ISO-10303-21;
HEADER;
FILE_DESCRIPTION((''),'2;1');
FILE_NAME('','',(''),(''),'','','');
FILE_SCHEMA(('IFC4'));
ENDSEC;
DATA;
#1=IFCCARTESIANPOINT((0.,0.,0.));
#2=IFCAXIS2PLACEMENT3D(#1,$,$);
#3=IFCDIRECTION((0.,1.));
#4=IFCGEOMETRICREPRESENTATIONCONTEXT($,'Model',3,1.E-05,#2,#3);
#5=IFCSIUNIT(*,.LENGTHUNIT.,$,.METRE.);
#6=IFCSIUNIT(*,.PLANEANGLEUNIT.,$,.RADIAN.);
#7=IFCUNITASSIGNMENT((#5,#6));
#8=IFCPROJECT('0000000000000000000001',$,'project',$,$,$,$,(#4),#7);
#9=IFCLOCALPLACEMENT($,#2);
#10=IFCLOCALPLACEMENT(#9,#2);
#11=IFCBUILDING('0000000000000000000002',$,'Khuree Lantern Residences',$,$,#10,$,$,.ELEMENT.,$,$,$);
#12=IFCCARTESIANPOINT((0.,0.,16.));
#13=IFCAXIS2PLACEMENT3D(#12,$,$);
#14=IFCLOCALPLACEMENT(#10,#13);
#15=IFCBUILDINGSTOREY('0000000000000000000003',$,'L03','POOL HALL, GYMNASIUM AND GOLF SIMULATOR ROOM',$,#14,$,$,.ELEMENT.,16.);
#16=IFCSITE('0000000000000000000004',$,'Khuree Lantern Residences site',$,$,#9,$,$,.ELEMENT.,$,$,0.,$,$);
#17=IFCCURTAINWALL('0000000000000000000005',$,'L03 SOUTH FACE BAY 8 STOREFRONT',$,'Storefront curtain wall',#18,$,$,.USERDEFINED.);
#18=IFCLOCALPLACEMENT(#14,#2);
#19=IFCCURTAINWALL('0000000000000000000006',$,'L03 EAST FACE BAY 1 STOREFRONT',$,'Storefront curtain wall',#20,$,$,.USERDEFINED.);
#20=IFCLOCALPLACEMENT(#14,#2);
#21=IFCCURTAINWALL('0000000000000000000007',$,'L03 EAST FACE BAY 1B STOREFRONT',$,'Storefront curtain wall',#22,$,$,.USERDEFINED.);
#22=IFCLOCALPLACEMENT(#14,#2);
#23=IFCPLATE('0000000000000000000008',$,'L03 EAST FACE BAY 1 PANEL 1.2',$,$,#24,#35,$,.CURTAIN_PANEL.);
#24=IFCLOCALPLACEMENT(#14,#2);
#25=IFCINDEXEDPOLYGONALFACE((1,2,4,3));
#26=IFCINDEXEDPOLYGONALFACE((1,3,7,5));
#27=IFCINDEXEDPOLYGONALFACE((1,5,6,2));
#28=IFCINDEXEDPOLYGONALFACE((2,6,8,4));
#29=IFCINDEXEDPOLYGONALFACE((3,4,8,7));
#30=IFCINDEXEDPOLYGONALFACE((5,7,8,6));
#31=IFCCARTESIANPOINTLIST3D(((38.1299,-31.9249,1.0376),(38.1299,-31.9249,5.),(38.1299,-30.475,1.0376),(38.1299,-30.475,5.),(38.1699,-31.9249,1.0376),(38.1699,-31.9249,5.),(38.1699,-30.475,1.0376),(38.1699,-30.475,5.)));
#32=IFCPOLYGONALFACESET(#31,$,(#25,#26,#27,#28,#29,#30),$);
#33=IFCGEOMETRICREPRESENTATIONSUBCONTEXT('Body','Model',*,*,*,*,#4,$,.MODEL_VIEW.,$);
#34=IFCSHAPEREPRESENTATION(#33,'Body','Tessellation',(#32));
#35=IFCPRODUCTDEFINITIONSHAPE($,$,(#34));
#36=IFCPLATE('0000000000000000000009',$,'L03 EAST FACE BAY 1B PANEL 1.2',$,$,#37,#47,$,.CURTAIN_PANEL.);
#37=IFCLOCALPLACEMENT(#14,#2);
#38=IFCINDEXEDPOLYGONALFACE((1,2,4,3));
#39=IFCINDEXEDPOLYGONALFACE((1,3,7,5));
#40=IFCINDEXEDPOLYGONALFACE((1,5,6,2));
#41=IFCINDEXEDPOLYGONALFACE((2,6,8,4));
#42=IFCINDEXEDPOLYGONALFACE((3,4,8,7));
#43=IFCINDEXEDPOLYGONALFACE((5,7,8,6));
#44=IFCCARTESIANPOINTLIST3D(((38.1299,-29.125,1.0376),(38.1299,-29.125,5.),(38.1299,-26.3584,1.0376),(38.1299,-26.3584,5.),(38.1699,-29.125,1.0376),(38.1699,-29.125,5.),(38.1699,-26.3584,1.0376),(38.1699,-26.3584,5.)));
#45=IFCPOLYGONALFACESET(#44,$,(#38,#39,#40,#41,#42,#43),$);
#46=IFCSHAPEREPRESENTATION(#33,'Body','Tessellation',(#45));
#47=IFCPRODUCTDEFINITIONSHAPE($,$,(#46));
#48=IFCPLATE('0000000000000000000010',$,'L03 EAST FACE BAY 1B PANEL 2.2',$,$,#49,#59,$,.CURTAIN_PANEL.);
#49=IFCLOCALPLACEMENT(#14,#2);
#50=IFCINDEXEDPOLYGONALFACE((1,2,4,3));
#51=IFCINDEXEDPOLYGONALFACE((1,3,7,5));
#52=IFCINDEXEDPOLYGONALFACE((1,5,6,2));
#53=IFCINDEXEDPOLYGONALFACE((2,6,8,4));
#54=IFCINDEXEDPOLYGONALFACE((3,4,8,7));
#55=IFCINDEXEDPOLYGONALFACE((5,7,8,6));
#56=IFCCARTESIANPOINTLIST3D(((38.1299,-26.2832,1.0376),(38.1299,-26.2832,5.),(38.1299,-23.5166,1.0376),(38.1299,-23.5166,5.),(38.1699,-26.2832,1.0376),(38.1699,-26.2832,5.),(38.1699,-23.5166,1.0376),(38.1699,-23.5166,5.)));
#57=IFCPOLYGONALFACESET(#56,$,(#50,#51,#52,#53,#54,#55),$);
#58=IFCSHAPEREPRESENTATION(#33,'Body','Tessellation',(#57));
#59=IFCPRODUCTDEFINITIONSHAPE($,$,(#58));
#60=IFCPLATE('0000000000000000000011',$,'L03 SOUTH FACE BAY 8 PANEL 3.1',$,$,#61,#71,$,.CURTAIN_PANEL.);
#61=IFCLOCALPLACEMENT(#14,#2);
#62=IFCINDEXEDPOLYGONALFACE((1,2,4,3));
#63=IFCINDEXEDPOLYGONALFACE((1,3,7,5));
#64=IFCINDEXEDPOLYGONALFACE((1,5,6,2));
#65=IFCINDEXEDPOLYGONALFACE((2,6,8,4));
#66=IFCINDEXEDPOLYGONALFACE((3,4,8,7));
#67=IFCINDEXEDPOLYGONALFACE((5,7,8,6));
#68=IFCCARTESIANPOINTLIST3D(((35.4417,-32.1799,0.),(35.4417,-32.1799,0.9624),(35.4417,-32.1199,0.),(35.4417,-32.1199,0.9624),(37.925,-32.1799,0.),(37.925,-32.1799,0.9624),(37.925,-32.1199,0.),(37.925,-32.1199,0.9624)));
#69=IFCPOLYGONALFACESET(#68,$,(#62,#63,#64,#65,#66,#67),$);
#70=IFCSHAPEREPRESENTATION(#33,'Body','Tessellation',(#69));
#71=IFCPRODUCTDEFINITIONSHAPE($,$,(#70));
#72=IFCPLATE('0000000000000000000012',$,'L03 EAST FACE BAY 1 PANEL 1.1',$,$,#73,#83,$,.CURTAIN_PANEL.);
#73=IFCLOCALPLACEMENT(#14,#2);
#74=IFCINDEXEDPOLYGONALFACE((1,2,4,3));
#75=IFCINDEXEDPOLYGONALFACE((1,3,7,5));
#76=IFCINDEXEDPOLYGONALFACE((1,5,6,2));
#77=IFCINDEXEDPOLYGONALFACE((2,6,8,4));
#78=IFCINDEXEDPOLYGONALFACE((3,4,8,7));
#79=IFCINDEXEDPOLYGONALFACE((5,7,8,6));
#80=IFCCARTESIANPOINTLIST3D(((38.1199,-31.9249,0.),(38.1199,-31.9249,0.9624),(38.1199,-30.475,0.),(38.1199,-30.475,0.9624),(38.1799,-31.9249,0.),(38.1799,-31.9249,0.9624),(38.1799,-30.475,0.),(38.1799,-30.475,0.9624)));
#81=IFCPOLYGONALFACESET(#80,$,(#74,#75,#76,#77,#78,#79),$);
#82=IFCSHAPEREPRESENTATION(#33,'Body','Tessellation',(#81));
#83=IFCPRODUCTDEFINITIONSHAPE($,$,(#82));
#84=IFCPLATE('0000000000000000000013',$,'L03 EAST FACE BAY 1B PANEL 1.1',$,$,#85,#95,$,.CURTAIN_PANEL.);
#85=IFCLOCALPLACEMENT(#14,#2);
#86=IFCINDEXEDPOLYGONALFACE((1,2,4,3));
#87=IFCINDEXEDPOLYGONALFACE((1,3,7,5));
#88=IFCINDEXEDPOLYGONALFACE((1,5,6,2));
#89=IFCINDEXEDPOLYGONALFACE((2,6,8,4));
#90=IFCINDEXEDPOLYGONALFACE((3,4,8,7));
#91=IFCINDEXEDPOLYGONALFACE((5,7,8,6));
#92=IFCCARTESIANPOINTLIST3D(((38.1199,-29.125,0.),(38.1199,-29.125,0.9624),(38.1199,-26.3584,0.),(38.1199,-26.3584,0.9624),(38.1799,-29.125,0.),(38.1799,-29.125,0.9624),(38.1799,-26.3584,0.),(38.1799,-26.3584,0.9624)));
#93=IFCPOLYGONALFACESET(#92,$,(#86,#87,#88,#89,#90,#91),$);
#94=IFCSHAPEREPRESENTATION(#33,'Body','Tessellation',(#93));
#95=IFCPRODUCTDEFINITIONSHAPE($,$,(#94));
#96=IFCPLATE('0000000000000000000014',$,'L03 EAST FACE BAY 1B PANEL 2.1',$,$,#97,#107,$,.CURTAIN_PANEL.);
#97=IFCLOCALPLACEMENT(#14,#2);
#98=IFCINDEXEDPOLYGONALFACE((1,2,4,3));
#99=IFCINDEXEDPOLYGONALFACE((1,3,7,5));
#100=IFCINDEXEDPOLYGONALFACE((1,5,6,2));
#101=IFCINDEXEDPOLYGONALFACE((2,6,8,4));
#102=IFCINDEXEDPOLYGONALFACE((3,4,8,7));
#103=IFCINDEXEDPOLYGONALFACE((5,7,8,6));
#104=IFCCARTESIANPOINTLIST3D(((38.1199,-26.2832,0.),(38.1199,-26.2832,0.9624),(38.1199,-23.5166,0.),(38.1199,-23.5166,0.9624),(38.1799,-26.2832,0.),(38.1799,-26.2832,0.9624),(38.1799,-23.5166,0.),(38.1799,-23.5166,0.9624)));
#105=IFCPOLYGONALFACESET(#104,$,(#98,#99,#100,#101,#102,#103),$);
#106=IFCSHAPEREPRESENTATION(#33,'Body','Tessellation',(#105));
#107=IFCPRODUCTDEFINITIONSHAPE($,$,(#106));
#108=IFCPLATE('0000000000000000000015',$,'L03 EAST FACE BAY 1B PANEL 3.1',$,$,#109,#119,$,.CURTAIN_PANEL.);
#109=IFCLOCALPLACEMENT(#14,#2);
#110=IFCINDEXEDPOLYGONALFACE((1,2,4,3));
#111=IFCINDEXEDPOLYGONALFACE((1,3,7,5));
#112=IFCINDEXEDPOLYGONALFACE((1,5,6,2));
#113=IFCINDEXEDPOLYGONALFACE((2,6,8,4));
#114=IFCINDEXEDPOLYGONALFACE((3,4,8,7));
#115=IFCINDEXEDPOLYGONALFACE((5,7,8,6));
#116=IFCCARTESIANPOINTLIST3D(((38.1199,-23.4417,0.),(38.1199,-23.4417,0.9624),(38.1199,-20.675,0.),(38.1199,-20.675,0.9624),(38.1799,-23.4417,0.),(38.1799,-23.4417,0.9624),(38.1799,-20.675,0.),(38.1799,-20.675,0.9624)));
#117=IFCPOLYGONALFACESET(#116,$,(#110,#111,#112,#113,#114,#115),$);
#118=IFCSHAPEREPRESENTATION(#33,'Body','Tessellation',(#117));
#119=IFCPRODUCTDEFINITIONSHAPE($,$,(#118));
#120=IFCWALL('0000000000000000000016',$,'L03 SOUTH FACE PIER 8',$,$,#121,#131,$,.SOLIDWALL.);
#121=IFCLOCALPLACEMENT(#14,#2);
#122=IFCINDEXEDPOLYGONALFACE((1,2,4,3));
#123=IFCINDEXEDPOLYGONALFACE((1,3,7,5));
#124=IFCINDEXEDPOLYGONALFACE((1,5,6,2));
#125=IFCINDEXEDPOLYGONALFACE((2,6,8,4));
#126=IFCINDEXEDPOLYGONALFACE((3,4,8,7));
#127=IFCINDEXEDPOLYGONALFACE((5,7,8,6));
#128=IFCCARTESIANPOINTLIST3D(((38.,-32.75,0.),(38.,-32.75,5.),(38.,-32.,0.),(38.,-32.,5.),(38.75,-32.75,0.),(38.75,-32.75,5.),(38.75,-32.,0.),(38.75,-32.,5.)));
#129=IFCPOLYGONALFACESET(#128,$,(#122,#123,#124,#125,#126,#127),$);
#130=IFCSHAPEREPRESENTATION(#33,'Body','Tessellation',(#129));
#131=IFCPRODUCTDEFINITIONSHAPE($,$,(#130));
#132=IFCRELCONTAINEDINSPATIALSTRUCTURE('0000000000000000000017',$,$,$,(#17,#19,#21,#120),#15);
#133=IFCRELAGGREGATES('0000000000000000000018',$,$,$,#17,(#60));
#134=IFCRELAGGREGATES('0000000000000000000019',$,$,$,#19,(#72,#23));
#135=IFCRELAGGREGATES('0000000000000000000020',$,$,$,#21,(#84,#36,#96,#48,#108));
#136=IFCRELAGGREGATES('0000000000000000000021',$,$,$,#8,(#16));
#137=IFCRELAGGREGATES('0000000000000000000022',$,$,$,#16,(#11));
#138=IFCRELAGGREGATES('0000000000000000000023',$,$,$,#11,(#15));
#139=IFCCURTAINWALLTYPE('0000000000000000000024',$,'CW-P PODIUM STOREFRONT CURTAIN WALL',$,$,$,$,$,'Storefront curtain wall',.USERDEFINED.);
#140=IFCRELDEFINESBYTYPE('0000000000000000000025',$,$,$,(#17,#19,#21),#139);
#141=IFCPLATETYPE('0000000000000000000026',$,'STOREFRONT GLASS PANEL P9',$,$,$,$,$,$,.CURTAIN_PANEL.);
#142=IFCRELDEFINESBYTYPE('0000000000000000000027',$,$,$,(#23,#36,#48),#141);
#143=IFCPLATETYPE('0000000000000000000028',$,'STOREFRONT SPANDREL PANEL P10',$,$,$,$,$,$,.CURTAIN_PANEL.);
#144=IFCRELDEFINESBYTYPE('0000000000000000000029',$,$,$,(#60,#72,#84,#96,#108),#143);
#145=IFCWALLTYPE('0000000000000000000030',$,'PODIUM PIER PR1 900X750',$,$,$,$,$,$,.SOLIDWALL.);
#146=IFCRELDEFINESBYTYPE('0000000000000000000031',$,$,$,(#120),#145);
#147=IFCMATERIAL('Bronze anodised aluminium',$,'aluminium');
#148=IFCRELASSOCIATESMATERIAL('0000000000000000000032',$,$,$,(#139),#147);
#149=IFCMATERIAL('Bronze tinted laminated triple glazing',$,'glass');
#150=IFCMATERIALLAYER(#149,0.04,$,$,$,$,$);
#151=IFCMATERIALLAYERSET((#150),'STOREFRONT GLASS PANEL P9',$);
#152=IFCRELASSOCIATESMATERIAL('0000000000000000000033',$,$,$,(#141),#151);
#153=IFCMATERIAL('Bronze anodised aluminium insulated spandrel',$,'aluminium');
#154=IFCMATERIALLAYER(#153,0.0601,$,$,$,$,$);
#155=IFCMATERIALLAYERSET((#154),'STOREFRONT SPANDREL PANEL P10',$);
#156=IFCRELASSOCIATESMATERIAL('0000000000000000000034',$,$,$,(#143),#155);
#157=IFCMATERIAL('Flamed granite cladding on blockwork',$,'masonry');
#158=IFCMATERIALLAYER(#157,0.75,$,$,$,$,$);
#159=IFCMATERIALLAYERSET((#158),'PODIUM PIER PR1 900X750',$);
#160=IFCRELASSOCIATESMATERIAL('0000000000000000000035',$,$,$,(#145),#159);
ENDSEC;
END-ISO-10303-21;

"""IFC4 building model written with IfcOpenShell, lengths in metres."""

from ifc_helpers import new_model, si_unit, direction, frame, frame_2d, origin, origin_2d, place, context, subcontext, project, spatial, rectangle, extrude, material, layer, layer_set, type_object, element, aggregate, save


model = new_model("IFC4")

# Units and contexts
model_context = context("Model", 3, precision=1e-05, world=origin(), true_north=direction((0.0, 1.0)))
body_context = subcontext(model_context, "Body", "Model", "MODEL_VIEW")
ifc_project = project(units=[si_unit("LENGTHUNIT", "METRE"), si_unit("PLANEANGLEUNIT", "RADIAN")], contexts=[model_context])

# Site, building, storey
site_placement = place(None, origin())
site = spatial("IfcSite", under=ifc_project, at=site_placement, Name="Khuree Lantern Residences site", CompositionType="ELEMENT", RefElevation=0.0)
building_placement = place(site_placement, origin())
building = spatial("IfcBuilding", under=site, at=building_placement, Name="Khuree Lantern Residences", CompositionType="ELEMENT")
storey_placement = place(building_placement, frame((0.0, 0.0, 16.0)))
storey = spatial("IfcBuildingStorey", under=building, at=storey_placement, Name="L03", Description="POOL HALL, GYMNASIUM AND GOLF SIMULATOR ROOM", CompositionType="ELEMENT", Elevation=16.0)

# Curtain wall
ifc_material_1 = material(Name="Bronze anodised aluminium", Category="aluminium")
curtain_wall_type = type_object("IfcCurtainWallType", Name="CW-P PODIUM STOREFRONT CURTAIN WALL", ElementType="Storefront curtain wall", PredefinedType="USERDEFINED", material=ifc_material_1)
curtain_wall_1_placement = place(storey_placement, origin())
curtain_wall_1 = element("IfcCurtainWall", 1, at=curtain_wall_1_placement, inside=storey, type_object=curtain_wall_type, Name="L03 SOUTH FACE BAY 8 STOREFRONT", ObjectType="Storefront curtain wall", PredefinedType="USERDEFINED")

# Curtain walls
curtain_wall_2_placement = place(storey_placement, origin())
curtain_wall_2 = element("IfcCurtainWall", 2, at=curtain_wall_2_placement, inside=storey, type_object=curtain_wall_type, Name="L03 EAST FACE BAY 1 STOREFRONT", ObjectType="Storefront curtain wall", PredefinedType="USERDEFINED")
curtain_wall_3_placement = place(storey_placement, origin())
curtain_wall_3 = element("IfcCurtainWall", 3, at=curtain_wall_3_placement, inside=storey, type_object=curtain_wall_type, Name="L03 EAST FACE BAY 1B STOREFRONT", ObjectType="Storefront curtain wall", PredefinedType="USERDEFINED")

# Plates
ifc_material_2 = material(Name="Bronze tinted laminated triple glazing", Category="glass")
ifc_layer_1 = layer(ifc_material_2, 0.04)
ifc_layer_set_1 = layer_set([ifc_layer_1], Name="STOREFRONT GLASS PANEL P9")
plate_type_1 = type_object("IfcPlateType", Name="STOREFRONT GLASS PANEL P9", PredefinedType="CURTAIN_PANEL", material=ifc_layer_set_1)
plate_1_placement = place(storey_placement, frame((38.1499, -31.2, 1.0376), z_axis=(0.0, 0.0, 1.0), x_axis=(0.0, 1.0, 0.0)))
plate_1 = element("IfcPlate", 4, at=plate_1_placement, type_object=plate_type_1, Name="L03 EAST FACE BAY 1 PANEL 1.2", PredefinedType="CURTAIN_PANEL", context=body_context, shape_type="SweptSolid", body=[
    extrude(rectangle(XDim=1.45, YDim=0.04, at=origin_2d()), origin(), (0.0, 0.0, 1.0), 3.9624),
])
plate_2_placement = place(storey_placement, frame((38.1499, -27.7417, 1.0376), z_axis=(0.0, 0.0, 1.0), x_axis=(0.0, 1.0, 0.0)))
plate_2 = element("IfcPlate", 5, at=plate_2_placement, type_object=plate_type_1, Name="L03 EAST FACE BAY 1B PANEL 1.2", PredefinedType="CURTAIN_PANEL", context=body_context, shape_type="SweptSolid", body=[
    extrude(rectangle(XDim=2.7666, YDim=0.04, at=origin_2d()), origin(), (0.0, 0.0, 1.0), 3.9624),
])
plate_3_placement = place(storey_placement, frame((38.1499, -24.8999, 1.0376), z_axis=(0.0, 0.0, 1.0), x_axis=(0.0, 1.0, 0.0)))
plate_3 = element("IfcPlate", 6, at=plate_3_placement, type_object=plate_type_1, Name="L03 EAST FACE BAY 1B PANEL 2.2", PredefinedType="CURTAIN_PANEL", context=body_context, shape_type="SweptSolid", body=[
    extrude(rectangle(XDim=2.7666, YDim=0.04, at=origin_2d()), origin(), (0.0, 0.0, 1.0), 3.9624),
])
ifc_material_3 = material(Name="Bronze anodised aluminium insulated spandrel", Category="aluminium")
ifc_layer_2 = layer(ifc_material_3, 0.0601)
ifc_layer_set_2 = layer_set([ifc_layer_2], Name="STOREFRONT SPANDREL PANEL P10")
plate_type_2 = type_object("IfcPlateType", Name="STOREFRONT SPANDREL PANEL P10", PredefinedType="CURTAIN_PANEL", material=ifc_layer_set_2)
plate_4_placement = place(storey_placement, frame((36.6833, -32.1499, 0.0), z_axis=(0.0, 0.0, 1.0), x_axis=(1.0, 0.0, 0.0)))
plate_4 = element("IfcPlate", 7, at=plate_4_placement, type_object=plate_type_2, Name="L03 SOUTH FACE BAY 8 PANEL 3.1", PredefinedType="CURTAIN_PANEL", context=body_context, shape_type="SweptSolid", body=[
    extrude(rectangle(XDim=2.4834, YDim=0.0601, at=origin_2d()), origin(), (0.0, 0.0, 1.0), 0.9624),
])
aggregate(curtain_wall_1, [plate_4])
plate_5_placement = place(storey_placement, frame((38.1499, -31.2, 0.0), z_axis=(0.0, 0.0, 1.0), x_axis=(0.0, 1.0, 0.0)))
plate_5 = element("IfcPlate", 8, at=plate_5_placement, type_object=plate_type_2, Name="L03 EAST FACE BAY 1 PANEL 1.1", PredefinedType="CURTAIN_PANEL", context=body_context, shape_type="SweptSolid", body=[
    extrude(rectangle(XDim=1.45, YDim=0.0601, at=origin_2d()), origin(), (0.0, 0.0, 1.0), 0.9624),
])
aggregate(curtain_wall_2, [plate_5, plate_1])
plate_6_placement = place(storey_placement, frame((38.1499, -27.7417, 0.0), z_axis=(0.0, 0.0, 1.0), x_axis=(0.0, 1.0, 0.0)))
plate_6 = element("IfcPlate", 9, at=plate_6_placement, type_object=plate_type_2, Name="L03 EAST FACE BAY 1B PANEL 1.1", PredefinedType="CURTAIN_PANEL", context=body_context, shape_type="SweptSolid", body=[
    extrude(rectangle(XDim=2.7666, YDim=0.0601, at=origin_2d()), origin(), (0.0, 0.0, 1.0), 0.9624),
])
plate_7_placement = place(storey_placement, frame((38.1499, -24.8999, 0.0), z_axis=(0.0, 0.0, 1.0), x_axis=(0.0, 1.0, 0.0)))
plate_7 = element("IfcPlate", 10, at=plate_7_placement, type_object=plate_type_2, Name="L03 EAST FACE BAY 1B PANEL 2.1", PredefinedType="CURTAIN_PANEL", context=body_context, shape_type="SweptSolid", body=[
    extrude(rectangle(XDim=2.7666, YDim=0.0601, at=origin_2d()), origin(), (0.0, 0.0, 1.0), 0.9624),
])
plate_8_placement = place(storey_placement, frame((38.1499, -22.0583, 0.0), z_axis=(0.0, 0.0, 1.0), x_axis=(0.0, 1.0, 0.0)))
plate_8 = element("IfcPlate", 11, at=plate_8_placement, type_object=plate_type_2, Name="L03 EAST FACE BAY 1B PANEL 3.1", PredefinedType="CURTAIN_PANEL", context=body_context, shape_type="SweptSolid", body=[
    extrude(rectangle(XDim=2.7666, YDim=0.0601, at=origin_2d()), origin(), (0.0, 0.0, 1.0), 0.9624),
])
aggregate(curtain_wall_3, [plate_6, plate_2, plate_7, plate_3, plate_8])

# Wall
ifc_material_4 = material(Name="Flamed granite cladding on blockwork", Category="masonry")
ifc_layer_3 = layer(ifc_material_4, 0.75)
ifc_layer_set_3 = layer_set([ifc_layer_3], Name="PODIUM PIER PR1 900X750")
wall_type = type_object("IfcWallType", Name="PODIUM PIER PR1 900X750", PredefinedType="SOLIDWALL", material=ifc_layer_set_3)
wall_placement = place(storey_placement, frame((38.0, -32.375, 0.0), z_axis=(0.0, 0.0, 1.0), x_axis=(1.0, 0.0, 0.0)))
element("IfcWall", 12, at=wall_placement, inside=storey, type_object=wall_type, Name="L03 SOUTH FACE PIER 8", PredefinedType="SOLIDWALL", context=body_context, shape_type="SweptSolid", body=[
    extrude(rectangle(XDim=0.75, YDim=0.75, at=frame_2d((0.375, 0.0))), origin(), (0.0, 0.0, 1.0), 5.0),
])

save(model, "model.ifc")
